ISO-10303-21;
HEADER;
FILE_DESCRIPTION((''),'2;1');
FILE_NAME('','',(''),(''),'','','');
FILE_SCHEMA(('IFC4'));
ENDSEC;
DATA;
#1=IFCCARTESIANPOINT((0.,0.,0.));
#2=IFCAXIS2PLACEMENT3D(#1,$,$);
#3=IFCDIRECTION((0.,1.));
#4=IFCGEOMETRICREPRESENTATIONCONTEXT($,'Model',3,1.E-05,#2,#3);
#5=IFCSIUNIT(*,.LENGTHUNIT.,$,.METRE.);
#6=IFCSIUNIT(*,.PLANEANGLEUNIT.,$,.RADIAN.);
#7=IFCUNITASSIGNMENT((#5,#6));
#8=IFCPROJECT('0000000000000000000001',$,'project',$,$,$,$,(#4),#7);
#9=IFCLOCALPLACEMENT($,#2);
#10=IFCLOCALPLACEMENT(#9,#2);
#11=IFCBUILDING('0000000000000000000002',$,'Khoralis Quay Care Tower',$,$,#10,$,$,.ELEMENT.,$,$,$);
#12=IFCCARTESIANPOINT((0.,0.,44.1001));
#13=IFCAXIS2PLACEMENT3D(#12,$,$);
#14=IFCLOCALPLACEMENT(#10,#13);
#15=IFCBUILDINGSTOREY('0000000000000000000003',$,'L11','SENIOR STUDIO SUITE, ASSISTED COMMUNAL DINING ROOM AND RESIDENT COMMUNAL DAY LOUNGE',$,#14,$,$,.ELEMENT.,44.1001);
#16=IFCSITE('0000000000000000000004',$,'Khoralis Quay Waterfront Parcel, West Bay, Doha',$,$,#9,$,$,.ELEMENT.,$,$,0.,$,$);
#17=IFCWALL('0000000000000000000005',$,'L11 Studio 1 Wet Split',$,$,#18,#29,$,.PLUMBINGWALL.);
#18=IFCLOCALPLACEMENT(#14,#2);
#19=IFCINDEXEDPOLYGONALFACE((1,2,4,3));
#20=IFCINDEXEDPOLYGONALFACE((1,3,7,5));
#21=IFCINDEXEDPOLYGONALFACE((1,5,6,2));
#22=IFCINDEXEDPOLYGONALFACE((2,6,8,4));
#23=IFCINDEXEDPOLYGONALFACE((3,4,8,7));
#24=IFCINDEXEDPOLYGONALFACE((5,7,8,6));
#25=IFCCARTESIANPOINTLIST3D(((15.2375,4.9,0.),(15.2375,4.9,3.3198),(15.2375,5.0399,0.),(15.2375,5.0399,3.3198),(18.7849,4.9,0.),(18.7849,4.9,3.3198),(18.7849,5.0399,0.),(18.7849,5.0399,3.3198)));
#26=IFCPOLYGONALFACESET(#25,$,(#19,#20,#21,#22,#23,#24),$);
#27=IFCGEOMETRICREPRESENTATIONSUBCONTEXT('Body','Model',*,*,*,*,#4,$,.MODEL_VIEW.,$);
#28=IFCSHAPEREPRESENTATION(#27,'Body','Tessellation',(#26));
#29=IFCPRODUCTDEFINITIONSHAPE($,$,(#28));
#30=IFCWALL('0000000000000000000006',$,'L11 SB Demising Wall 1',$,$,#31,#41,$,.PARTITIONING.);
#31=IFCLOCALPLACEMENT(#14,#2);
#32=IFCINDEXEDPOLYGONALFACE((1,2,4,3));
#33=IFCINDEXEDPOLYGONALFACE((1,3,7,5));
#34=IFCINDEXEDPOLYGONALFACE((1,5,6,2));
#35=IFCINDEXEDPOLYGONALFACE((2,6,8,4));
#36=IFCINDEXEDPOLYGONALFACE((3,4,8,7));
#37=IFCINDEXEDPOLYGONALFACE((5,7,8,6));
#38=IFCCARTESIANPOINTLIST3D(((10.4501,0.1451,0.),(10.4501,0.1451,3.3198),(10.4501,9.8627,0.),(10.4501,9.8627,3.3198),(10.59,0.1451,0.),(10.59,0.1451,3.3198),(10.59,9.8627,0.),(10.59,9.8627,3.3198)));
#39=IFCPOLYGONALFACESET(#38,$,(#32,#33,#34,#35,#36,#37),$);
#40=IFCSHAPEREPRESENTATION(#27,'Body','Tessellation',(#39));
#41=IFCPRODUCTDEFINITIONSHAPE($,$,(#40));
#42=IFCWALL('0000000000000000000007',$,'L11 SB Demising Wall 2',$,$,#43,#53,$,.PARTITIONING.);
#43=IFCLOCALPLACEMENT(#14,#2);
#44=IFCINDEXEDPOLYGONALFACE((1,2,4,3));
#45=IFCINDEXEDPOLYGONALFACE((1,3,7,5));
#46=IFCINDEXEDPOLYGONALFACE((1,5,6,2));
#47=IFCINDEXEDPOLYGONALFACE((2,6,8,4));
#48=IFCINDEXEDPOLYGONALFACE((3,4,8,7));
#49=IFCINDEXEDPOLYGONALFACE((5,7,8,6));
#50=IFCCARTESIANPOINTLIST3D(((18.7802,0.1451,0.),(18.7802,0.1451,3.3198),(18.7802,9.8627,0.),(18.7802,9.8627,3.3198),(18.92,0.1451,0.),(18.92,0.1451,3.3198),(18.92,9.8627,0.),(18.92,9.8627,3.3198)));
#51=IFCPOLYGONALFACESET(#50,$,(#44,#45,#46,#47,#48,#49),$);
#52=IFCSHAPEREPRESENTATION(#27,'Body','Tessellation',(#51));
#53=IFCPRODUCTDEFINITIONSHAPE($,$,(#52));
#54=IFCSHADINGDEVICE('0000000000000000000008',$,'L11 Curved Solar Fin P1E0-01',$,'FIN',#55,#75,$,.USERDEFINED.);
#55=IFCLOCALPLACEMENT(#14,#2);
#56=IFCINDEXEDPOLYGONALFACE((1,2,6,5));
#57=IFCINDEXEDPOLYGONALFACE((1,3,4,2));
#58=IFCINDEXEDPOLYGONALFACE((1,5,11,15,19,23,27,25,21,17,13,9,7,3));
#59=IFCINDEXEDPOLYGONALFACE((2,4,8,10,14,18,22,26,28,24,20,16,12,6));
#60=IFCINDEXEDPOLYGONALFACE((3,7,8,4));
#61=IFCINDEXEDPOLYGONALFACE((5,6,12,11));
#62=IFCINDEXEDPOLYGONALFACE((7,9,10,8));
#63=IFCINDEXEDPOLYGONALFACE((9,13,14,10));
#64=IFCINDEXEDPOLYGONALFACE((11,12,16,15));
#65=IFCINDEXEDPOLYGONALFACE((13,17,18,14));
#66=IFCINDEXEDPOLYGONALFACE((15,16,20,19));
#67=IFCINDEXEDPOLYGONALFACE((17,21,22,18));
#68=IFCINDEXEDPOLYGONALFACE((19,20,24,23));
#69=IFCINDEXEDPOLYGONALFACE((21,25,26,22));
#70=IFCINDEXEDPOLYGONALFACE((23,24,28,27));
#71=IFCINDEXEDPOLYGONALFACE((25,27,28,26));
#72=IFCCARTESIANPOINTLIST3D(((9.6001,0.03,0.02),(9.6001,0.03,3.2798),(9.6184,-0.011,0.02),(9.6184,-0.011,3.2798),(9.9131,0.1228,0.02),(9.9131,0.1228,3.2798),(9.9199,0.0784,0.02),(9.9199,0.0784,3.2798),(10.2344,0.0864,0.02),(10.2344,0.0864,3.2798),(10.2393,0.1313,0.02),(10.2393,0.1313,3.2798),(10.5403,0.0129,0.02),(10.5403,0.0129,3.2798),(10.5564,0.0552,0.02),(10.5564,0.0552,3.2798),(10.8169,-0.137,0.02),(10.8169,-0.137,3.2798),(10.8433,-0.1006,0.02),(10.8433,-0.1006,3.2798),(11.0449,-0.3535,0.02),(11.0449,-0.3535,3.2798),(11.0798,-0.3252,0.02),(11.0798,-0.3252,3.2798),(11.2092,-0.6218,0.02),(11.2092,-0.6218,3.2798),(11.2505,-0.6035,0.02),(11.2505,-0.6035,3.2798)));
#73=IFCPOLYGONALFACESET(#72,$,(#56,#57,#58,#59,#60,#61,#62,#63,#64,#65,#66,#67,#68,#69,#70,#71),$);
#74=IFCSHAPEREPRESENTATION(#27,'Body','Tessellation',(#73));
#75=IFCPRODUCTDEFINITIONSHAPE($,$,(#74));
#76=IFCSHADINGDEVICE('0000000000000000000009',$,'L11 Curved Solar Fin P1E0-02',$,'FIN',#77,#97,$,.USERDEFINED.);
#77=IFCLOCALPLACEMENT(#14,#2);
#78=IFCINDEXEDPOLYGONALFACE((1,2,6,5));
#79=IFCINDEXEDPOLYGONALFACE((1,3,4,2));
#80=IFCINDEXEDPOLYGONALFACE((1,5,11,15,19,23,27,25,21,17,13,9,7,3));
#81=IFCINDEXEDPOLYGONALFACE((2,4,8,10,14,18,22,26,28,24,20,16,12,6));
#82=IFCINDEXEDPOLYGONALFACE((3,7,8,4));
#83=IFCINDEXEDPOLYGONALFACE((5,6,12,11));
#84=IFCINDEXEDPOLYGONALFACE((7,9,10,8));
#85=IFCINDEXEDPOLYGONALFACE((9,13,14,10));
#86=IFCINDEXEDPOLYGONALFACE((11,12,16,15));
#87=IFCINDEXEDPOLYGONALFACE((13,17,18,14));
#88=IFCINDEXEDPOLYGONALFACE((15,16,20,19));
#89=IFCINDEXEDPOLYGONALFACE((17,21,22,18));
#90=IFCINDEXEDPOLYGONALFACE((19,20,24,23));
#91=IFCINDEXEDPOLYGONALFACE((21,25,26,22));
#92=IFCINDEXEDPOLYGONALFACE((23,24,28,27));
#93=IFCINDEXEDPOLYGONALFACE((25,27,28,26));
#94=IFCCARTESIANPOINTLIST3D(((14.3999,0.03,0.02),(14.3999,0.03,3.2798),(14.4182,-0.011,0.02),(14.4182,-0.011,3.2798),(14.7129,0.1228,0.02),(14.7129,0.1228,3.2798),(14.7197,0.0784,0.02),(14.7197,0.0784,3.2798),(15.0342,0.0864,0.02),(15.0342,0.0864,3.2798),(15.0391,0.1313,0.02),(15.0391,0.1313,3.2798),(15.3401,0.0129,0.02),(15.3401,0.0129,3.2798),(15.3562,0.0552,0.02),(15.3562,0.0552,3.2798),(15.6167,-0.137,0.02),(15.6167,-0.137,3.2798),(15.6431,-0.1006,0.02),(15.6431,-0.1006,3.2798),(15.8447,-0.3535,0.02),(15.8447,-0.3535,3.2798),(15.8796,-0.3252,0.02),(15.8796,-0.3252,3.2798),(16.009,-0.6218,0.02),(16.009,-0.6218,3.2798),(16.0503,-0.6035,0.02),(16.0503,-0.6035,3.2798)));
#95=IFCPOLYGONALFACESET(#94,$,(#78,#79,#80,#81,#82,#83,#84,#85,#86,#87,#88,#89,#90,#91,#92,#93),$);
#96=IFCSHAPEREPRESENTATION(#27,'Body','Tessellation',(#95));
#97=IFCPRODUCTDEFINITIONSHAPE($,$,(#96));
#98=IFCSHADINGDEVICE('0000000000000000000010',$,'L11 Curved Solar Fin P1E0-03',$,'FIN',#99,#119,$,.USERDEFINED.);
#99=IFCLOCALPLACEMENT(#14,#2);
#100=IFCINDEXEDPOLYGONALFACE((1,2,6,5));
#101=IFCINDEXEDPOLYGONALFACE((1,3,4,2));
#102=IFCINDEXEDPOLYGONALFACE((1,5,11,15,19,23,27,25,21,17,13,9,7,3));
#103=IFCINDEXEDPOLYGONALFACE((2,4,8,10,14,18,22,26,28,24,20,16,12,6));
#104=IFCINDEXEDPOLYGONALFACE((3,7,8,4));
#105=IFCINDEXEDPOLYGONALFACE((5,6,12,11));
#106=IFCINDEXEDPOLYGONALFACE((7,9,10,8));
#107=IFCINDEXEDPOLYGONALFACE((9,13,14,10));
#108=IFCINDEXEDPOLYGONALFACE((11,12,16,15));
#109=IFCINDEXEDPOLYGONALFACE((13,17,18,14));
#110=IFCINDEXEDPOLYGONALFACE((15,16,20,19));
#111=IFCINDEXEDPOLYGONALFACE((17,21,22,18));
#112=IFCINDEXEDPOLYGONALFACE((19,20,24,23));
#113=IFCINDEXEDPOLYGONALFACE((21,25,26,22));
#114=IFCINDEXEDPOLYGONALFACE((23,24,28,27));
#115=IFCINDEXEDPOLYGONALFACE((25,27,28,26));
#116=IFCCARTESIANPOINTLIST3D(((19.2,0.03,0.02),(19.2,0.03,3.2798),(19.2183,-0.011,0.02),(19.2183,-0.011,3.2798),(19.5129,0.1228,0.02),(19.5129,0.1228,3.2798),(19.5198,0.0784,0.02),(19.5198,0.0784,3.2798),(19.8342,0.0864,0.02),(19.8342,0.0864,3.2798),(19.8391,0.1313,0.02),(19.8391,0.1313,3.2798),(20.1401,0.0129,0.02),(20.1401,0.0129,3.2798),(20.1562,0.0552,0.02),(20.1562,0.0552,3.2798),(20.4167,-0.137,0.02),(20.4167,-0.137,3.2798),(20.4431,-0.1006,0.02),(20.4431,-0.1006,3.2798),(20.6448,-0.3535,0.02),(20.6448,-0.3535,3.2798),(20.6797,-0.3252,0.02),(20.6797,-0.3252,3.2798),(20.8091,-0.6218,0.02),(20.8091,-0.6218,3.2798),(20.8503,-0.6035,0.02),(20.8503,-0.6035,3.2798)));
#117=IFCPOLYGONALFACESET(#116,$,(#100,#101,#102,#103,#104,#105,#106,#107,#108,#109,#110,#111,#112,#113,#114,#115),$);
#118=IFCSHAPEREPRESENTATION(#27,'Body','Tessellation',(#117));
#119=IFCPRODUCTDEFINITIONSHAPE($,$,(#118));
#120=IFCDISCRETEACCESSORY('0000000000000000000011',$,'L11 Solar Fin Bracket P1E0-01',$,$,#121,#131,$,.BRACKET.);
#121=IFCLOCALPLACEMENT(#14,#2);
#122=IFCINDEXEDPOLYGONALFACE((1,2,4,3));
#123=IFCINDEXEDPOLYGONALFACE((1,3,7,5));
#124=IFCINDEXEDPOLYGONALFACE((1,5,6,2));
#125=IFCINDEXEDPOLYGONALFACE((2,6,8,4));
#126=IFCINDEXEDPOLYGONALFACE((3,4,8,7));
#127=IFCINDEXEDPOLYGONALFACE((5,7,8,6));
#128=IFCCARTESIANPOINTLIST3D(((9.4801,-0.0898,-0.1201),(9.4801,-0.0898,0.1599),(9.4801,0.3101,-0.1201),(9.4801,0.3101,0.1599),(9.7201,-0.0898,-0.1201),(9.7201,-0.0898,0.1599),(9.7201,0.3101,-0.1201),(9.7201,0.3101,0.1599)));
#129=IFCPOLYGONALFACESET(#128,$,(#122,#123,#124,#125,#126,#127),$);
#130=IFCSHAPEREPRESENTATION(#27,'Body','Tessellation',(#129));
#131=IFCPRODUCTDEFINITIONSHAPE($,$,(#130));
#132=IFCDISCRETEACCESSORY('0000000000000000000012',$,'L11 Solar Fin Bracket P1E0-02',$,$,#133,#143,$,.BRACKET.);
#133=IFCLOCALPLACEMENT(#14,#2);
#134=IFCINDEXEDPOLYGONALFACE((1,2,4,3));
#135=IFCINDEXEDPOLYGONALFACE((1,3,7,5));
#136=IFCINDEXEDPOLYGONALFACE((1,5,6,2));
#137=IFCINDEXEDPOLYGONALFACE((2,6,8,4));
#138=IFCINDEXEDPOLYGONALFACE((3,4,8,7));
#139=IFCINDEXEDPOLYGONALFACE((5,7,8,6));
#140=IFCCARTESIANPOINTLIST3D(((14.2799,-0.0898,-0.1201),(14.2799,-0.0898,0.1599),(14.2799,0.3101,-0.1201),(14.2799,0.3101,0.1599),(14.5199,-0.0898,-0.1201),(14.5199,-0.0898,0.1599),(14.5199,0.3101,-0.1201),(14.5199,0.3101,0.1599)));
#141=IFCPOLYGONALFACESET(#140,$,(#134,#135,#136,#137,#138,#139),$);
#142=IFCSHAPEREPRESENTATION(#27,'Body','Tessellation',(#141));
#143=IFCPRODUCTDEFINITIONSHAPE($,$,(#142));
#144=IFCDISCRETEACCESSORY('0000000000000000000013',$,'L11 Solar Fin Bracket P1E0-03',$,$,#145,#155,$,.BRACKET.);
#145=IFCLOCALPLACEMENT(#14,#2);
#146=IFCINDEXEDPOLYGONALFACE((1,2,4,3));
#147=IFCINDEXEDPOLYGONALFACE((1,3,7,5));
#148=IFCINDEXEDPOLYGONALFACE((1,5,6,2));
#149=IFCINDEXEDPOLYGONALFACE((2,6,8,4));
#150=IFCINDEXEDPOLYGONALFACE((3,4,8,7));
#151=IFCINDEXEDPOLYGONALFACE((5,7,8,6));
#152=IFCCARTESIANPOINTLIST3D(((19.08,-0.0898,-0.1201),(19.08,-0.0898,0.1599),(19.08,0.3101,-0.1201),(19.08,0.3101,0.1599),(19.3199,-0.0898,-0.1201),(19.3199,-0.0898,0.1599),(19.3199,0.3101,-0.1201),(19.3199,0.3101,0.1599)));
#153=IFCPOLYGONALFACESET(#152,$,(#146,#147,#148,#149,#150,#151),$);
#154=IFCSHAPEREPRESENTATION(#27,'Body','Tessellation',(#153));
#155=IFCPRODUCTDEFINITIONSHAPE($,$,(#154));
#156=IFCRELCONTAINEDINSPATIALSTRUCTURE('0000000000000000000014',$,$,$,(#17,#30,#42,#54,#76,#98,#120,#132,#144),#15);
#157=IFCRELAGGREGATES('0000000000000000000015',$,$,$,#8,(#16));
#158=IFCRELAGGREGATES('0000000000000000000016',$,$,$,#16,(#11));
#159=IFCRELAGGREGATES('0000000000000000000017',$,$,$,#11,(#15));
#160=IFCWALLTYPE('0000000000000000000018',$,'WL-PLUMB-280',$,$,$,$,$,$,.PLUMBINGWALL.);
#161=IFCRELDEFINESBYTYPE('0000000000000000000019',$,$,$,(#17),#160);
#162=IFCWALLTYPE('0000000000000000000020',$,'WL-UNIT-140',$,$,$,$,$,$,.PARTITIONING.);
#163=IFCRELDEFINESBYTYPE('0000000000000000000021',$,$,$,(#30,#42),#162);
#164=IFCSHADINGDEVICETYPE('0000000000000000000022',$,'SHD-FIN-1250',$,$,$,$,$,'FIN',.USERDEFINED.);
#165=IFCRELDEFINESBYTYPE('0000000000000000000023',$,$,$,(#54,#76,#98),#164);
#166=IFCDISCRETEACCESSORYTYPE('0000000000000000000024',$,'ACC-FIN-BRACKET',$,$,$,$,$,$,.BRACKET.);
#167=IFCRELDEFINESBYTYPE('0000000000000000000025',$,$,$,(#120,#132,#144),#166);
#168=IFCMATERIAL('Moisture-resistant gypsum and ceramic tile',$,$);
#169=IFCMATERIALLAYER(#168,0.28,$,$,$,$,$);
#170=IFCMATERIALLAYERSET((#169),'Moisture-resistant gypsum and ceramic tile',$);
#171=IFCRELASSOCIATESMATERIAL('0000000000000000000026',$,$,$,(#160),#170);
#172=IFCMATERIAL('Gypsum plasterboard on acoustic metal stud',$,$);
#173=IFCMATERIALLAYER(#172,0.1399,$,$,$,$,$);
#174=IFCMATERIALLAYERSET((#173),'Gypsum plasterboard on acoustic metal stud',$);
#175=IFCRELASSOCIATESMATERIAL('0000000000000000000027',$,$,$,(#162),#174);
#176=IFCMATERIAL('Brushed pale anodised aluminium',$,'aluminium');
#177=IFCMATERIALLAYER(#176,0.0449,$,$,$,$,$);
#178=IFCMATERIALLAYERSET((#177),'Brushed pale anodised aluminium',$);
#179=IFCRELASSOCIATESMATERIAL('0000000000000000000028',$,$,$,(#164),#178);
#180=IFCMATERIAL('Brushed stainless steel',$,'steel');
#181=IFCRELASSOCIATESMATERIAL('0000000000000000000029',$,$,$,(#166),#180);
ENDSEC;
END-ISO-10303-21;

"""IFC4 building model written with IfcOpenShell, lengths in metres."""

from ifc_helpers import new_model, si_unit, direction, frame, frame_2d, origin, origin_2d, place, context, subcontext, project, spatial, polyline, rectangle, outline, extrude, source, transform, mapped, material, layer, layer_set, type_object, element, save


model = new_model("IFC4")

# Units and contexts
model_context = context("Model", 3, precision=1e-05, world=origin(), true_north=direction((0.0, 1.0)))
body_context = subcontext(model_context, "Body", "Model", "MODEL_VIEW")
ifc_project = project(units=[si_unit("LENGTHUNIT", "METRE"), si_unit("PLANEANGLEUNIT", "RADIAN")], contexts=[model_context])

# Site, building, storey
site_placement = place(None, origin())
site = spatial("IfcSite", under=ifc_project, at=site_placement, Name="Khoralis Quay Waterfront Parcel, West Bay, Doha", CompositionType="ELEMENT", RefElevation=0.0)
building_placement = place(site_placement, origin())
building = spatial("IfcBuilding", under=site, at=building_placement, Name="Khoralis Quay Care Tower", CompositionType="ELEMENT")
storey_placement = place(building_placement, frame((0.0, 0.0, 44.1001)))
storey = spatial("IfcBuildingStorey", under=building, at=storey_placement, Name="L11", Description="SENIOR STUDIO SUITE, ASSISTED COMMUNAL DINING ROOM AND RESIDENT COMMUNAL DAY LOUNGE", CompositionType="ELEMENT", Elevation=44.1001)

# Shared definitions
ifc_material_1 = material(Name="Gypsum plasterboard on acoustic metal stud")

# Walls
ifc_material_2 = material(Name="Moisture-resistant gypsum and ceramic tile")
ifc_layer_1 = layer(ifc_material_2, 0.28)
ifc_layer_set_1 = layer_set([ifc_layer_1], Name="Moisture-resistant gypsum and ceramic tile")
wall_type_1 = type_object("IfcWallType", Name="WL-PLUMB-280", PredefinedType="PLUMBINGWALL", material=ifc_layer_set_1)
wall_1_placement = place(storey_placement, frame((15.2375, 4.97, 0.0), z_axis=(0.0, 0.0, 1.0), x_axis=(1.0, 0.0, 0.0)))
element("IfcWall", 1, at=wall_1_placement, inside=storey, type_object=wall_type_1, Name="L11 Studio 1 Wet Split", PredefinedType="PLUMBINGWALL", context=body_context, shape_type="SweptSolid", body=[
    extrude(rectangle(XDim=3.5474, YDim=0.1399, at=frame_2d((1.7737, 0.0))), origin(), (0.0, 0.0, 1.0), 3.3198),
])
ifc_layer_2 = layer(ifc_material_1, 0.1399)
ifc_layer_set_2 = layer_set([ifc_layer_2], Name="Gypsum plasterboard on acoustic metal stud")
wall_type_2 = type_object("IfcWallType", Name="WL-UNIT-140", PredefinedType="PARTITIONING", material=ifc_layer_set_2)
for number, where, z_axis, x_axis, name in (
    (2, (10.52, 0.145, 0.0), (0.0, 0.0, 1.0), (0.0, 1.0, 0.0), "L11 SB Demising Wall 1"),
    (3, (18.8501, 0.145, 0.0), (0.0, 0.0, 1.0), (0.0, 1.0, 0.0), "L11 SB Demising Wall 2"),
):
    element("IfcWall", number, at=place(storey_placement, frame(where, z_axis=z_axis, x_axis=x_axis)), inside=storey, type_object=wall_type_2, Name=name, PredefinedType="PARTITIONING", context=body_context, shape_type="SweptSolid", body=[
        extrude(rectangle(XDim=9.7175, YDim=0.1399, at=frame_2d((4.8589, 0.0))), origin(), (0.0, 0.0, 1.0), 3.3198),
    ])

# Shading devices
ifc_material_3 = material(Name="Brushed pale anodised aluminium", Category="aluminium")
ifc_layer_3 = layer(ifc_material_3, 0.0449)
ifc_layer_set_3 = layer_set([ifc_layer_3], Name="Brushed pale anodised aluminium")
shading_device_type = type_object("IfcShadingDeviceType", Name="SHD-FIN-1250", ElementType="FIN", PredefinedType="USERDEFINED", material=ifc_layer_set_3)
shared_shape_1 = source(origin(), body_context, "Body", "SweptSolid", [
    extrude(outline(polyline([(0.0, 0.0), (-0.0928, 0.313), (-0.1013, 0.6392), (-0.0251, 0.9563), (0.1306, 1.2432), (0.3552, 1.4797), (0.6335, 1.6504), (0.6519, 1.6091), (0.3835, 1.4448), (0.167, 1.2168), (0.0171, 0.9402), (-0.0564, 0.6343), (-0.0483, 0.3198), (0.041, 0.0183), (0.0, 0.0)])), origin(), (0.0, 0.0, 1.0), 3.2598),
])
for number, where, z_axis, x_axis, name in (
    (4, (9.6001, 0.03, 0.02), (0.0, 0.0, 1.0), (0.0, -1.0, 0.0), "L11 Curved Solar Fin P1E0-01"),
    (5, (14.3999, 0.03, 0.02), (0.0, 0.0, 1.0), (0.0, -1.0, 0.0), "L11 Curved Solar Fin P1E0-02"),
    (6, (19.2, 0.03, 0.02), (0.0, 0.0, 1.0), (0.0, -1.0, 0.0), "L11 Curved Solar Fin P1E0-03"),
):
    element("IfcShadingDevice", number, at=place(storey_placement, frame(where, z_axis=z_axis, x_axis=x_axis)), inside=storey, type_object=shading_device_type, Name=name, ObjectType="FIN", PredefinedType="USERDEFINED", context=body_context, shape_type="MappedRepresentation", body=[
        mapped(shared_shape_1, transform((0.0, 0.0, 0.0), scale=1.0)),
    ])

# Discrete accessories
ifc_material_4 = material(Name="Brushed stainless steel", Category="steel")
discrete_accessory_type = type_object("IfcDiscreteAccessoryType", Name="ACC-FIN-BRACKET", PredefinedType="BRACKET", material=ifc_material_4)
shared_shape_2 = source(origin(), body_context, "Body", "SweptSolid", [
    extrude(rectangle(XDim=0.3999, YDim=0.24, at=origin_2d()), origin(), (0.0, 0.0, 1.0), 0.28),
])
for number, where, z_axis, x_axis, name in (
    (7, (9.6001, 0.1101, -0.1201), (0.0, 0.0, 1.0), (0.0, -1.0, 0.0), "L11 Solar Fin Bracket P1E0-01"),
    (8, (14.3999, 0.1101, -0.1201), (0.0, 0.0, 1.0), (0.0, -1.0, 0.0), "L11 Solar Fin Bracket P1E0-02"),
    (9, (19.2, 0.1101, -0.1201), (0.0, 0.0, 1.0), (0.0, -1.0, 0.0), "L11 Solar Fin Bracket P1E0-03"),
):
    element("IfcDiscreteAccessory", number, at=place(storey_placement, frame(where, z_axis=z_axis, x_axis=x_axis)), inside=storey, type_object=discrete_accessory_type, Name=name, PredefinedType="BRACKET", context=body_context, shape_type="MappedRepresentation", body=[
        mapped(shared_shape_2, transform((0.0, 0.0, 0.0), scale=1.0)),
    ])

save(model, "model.ifc")
